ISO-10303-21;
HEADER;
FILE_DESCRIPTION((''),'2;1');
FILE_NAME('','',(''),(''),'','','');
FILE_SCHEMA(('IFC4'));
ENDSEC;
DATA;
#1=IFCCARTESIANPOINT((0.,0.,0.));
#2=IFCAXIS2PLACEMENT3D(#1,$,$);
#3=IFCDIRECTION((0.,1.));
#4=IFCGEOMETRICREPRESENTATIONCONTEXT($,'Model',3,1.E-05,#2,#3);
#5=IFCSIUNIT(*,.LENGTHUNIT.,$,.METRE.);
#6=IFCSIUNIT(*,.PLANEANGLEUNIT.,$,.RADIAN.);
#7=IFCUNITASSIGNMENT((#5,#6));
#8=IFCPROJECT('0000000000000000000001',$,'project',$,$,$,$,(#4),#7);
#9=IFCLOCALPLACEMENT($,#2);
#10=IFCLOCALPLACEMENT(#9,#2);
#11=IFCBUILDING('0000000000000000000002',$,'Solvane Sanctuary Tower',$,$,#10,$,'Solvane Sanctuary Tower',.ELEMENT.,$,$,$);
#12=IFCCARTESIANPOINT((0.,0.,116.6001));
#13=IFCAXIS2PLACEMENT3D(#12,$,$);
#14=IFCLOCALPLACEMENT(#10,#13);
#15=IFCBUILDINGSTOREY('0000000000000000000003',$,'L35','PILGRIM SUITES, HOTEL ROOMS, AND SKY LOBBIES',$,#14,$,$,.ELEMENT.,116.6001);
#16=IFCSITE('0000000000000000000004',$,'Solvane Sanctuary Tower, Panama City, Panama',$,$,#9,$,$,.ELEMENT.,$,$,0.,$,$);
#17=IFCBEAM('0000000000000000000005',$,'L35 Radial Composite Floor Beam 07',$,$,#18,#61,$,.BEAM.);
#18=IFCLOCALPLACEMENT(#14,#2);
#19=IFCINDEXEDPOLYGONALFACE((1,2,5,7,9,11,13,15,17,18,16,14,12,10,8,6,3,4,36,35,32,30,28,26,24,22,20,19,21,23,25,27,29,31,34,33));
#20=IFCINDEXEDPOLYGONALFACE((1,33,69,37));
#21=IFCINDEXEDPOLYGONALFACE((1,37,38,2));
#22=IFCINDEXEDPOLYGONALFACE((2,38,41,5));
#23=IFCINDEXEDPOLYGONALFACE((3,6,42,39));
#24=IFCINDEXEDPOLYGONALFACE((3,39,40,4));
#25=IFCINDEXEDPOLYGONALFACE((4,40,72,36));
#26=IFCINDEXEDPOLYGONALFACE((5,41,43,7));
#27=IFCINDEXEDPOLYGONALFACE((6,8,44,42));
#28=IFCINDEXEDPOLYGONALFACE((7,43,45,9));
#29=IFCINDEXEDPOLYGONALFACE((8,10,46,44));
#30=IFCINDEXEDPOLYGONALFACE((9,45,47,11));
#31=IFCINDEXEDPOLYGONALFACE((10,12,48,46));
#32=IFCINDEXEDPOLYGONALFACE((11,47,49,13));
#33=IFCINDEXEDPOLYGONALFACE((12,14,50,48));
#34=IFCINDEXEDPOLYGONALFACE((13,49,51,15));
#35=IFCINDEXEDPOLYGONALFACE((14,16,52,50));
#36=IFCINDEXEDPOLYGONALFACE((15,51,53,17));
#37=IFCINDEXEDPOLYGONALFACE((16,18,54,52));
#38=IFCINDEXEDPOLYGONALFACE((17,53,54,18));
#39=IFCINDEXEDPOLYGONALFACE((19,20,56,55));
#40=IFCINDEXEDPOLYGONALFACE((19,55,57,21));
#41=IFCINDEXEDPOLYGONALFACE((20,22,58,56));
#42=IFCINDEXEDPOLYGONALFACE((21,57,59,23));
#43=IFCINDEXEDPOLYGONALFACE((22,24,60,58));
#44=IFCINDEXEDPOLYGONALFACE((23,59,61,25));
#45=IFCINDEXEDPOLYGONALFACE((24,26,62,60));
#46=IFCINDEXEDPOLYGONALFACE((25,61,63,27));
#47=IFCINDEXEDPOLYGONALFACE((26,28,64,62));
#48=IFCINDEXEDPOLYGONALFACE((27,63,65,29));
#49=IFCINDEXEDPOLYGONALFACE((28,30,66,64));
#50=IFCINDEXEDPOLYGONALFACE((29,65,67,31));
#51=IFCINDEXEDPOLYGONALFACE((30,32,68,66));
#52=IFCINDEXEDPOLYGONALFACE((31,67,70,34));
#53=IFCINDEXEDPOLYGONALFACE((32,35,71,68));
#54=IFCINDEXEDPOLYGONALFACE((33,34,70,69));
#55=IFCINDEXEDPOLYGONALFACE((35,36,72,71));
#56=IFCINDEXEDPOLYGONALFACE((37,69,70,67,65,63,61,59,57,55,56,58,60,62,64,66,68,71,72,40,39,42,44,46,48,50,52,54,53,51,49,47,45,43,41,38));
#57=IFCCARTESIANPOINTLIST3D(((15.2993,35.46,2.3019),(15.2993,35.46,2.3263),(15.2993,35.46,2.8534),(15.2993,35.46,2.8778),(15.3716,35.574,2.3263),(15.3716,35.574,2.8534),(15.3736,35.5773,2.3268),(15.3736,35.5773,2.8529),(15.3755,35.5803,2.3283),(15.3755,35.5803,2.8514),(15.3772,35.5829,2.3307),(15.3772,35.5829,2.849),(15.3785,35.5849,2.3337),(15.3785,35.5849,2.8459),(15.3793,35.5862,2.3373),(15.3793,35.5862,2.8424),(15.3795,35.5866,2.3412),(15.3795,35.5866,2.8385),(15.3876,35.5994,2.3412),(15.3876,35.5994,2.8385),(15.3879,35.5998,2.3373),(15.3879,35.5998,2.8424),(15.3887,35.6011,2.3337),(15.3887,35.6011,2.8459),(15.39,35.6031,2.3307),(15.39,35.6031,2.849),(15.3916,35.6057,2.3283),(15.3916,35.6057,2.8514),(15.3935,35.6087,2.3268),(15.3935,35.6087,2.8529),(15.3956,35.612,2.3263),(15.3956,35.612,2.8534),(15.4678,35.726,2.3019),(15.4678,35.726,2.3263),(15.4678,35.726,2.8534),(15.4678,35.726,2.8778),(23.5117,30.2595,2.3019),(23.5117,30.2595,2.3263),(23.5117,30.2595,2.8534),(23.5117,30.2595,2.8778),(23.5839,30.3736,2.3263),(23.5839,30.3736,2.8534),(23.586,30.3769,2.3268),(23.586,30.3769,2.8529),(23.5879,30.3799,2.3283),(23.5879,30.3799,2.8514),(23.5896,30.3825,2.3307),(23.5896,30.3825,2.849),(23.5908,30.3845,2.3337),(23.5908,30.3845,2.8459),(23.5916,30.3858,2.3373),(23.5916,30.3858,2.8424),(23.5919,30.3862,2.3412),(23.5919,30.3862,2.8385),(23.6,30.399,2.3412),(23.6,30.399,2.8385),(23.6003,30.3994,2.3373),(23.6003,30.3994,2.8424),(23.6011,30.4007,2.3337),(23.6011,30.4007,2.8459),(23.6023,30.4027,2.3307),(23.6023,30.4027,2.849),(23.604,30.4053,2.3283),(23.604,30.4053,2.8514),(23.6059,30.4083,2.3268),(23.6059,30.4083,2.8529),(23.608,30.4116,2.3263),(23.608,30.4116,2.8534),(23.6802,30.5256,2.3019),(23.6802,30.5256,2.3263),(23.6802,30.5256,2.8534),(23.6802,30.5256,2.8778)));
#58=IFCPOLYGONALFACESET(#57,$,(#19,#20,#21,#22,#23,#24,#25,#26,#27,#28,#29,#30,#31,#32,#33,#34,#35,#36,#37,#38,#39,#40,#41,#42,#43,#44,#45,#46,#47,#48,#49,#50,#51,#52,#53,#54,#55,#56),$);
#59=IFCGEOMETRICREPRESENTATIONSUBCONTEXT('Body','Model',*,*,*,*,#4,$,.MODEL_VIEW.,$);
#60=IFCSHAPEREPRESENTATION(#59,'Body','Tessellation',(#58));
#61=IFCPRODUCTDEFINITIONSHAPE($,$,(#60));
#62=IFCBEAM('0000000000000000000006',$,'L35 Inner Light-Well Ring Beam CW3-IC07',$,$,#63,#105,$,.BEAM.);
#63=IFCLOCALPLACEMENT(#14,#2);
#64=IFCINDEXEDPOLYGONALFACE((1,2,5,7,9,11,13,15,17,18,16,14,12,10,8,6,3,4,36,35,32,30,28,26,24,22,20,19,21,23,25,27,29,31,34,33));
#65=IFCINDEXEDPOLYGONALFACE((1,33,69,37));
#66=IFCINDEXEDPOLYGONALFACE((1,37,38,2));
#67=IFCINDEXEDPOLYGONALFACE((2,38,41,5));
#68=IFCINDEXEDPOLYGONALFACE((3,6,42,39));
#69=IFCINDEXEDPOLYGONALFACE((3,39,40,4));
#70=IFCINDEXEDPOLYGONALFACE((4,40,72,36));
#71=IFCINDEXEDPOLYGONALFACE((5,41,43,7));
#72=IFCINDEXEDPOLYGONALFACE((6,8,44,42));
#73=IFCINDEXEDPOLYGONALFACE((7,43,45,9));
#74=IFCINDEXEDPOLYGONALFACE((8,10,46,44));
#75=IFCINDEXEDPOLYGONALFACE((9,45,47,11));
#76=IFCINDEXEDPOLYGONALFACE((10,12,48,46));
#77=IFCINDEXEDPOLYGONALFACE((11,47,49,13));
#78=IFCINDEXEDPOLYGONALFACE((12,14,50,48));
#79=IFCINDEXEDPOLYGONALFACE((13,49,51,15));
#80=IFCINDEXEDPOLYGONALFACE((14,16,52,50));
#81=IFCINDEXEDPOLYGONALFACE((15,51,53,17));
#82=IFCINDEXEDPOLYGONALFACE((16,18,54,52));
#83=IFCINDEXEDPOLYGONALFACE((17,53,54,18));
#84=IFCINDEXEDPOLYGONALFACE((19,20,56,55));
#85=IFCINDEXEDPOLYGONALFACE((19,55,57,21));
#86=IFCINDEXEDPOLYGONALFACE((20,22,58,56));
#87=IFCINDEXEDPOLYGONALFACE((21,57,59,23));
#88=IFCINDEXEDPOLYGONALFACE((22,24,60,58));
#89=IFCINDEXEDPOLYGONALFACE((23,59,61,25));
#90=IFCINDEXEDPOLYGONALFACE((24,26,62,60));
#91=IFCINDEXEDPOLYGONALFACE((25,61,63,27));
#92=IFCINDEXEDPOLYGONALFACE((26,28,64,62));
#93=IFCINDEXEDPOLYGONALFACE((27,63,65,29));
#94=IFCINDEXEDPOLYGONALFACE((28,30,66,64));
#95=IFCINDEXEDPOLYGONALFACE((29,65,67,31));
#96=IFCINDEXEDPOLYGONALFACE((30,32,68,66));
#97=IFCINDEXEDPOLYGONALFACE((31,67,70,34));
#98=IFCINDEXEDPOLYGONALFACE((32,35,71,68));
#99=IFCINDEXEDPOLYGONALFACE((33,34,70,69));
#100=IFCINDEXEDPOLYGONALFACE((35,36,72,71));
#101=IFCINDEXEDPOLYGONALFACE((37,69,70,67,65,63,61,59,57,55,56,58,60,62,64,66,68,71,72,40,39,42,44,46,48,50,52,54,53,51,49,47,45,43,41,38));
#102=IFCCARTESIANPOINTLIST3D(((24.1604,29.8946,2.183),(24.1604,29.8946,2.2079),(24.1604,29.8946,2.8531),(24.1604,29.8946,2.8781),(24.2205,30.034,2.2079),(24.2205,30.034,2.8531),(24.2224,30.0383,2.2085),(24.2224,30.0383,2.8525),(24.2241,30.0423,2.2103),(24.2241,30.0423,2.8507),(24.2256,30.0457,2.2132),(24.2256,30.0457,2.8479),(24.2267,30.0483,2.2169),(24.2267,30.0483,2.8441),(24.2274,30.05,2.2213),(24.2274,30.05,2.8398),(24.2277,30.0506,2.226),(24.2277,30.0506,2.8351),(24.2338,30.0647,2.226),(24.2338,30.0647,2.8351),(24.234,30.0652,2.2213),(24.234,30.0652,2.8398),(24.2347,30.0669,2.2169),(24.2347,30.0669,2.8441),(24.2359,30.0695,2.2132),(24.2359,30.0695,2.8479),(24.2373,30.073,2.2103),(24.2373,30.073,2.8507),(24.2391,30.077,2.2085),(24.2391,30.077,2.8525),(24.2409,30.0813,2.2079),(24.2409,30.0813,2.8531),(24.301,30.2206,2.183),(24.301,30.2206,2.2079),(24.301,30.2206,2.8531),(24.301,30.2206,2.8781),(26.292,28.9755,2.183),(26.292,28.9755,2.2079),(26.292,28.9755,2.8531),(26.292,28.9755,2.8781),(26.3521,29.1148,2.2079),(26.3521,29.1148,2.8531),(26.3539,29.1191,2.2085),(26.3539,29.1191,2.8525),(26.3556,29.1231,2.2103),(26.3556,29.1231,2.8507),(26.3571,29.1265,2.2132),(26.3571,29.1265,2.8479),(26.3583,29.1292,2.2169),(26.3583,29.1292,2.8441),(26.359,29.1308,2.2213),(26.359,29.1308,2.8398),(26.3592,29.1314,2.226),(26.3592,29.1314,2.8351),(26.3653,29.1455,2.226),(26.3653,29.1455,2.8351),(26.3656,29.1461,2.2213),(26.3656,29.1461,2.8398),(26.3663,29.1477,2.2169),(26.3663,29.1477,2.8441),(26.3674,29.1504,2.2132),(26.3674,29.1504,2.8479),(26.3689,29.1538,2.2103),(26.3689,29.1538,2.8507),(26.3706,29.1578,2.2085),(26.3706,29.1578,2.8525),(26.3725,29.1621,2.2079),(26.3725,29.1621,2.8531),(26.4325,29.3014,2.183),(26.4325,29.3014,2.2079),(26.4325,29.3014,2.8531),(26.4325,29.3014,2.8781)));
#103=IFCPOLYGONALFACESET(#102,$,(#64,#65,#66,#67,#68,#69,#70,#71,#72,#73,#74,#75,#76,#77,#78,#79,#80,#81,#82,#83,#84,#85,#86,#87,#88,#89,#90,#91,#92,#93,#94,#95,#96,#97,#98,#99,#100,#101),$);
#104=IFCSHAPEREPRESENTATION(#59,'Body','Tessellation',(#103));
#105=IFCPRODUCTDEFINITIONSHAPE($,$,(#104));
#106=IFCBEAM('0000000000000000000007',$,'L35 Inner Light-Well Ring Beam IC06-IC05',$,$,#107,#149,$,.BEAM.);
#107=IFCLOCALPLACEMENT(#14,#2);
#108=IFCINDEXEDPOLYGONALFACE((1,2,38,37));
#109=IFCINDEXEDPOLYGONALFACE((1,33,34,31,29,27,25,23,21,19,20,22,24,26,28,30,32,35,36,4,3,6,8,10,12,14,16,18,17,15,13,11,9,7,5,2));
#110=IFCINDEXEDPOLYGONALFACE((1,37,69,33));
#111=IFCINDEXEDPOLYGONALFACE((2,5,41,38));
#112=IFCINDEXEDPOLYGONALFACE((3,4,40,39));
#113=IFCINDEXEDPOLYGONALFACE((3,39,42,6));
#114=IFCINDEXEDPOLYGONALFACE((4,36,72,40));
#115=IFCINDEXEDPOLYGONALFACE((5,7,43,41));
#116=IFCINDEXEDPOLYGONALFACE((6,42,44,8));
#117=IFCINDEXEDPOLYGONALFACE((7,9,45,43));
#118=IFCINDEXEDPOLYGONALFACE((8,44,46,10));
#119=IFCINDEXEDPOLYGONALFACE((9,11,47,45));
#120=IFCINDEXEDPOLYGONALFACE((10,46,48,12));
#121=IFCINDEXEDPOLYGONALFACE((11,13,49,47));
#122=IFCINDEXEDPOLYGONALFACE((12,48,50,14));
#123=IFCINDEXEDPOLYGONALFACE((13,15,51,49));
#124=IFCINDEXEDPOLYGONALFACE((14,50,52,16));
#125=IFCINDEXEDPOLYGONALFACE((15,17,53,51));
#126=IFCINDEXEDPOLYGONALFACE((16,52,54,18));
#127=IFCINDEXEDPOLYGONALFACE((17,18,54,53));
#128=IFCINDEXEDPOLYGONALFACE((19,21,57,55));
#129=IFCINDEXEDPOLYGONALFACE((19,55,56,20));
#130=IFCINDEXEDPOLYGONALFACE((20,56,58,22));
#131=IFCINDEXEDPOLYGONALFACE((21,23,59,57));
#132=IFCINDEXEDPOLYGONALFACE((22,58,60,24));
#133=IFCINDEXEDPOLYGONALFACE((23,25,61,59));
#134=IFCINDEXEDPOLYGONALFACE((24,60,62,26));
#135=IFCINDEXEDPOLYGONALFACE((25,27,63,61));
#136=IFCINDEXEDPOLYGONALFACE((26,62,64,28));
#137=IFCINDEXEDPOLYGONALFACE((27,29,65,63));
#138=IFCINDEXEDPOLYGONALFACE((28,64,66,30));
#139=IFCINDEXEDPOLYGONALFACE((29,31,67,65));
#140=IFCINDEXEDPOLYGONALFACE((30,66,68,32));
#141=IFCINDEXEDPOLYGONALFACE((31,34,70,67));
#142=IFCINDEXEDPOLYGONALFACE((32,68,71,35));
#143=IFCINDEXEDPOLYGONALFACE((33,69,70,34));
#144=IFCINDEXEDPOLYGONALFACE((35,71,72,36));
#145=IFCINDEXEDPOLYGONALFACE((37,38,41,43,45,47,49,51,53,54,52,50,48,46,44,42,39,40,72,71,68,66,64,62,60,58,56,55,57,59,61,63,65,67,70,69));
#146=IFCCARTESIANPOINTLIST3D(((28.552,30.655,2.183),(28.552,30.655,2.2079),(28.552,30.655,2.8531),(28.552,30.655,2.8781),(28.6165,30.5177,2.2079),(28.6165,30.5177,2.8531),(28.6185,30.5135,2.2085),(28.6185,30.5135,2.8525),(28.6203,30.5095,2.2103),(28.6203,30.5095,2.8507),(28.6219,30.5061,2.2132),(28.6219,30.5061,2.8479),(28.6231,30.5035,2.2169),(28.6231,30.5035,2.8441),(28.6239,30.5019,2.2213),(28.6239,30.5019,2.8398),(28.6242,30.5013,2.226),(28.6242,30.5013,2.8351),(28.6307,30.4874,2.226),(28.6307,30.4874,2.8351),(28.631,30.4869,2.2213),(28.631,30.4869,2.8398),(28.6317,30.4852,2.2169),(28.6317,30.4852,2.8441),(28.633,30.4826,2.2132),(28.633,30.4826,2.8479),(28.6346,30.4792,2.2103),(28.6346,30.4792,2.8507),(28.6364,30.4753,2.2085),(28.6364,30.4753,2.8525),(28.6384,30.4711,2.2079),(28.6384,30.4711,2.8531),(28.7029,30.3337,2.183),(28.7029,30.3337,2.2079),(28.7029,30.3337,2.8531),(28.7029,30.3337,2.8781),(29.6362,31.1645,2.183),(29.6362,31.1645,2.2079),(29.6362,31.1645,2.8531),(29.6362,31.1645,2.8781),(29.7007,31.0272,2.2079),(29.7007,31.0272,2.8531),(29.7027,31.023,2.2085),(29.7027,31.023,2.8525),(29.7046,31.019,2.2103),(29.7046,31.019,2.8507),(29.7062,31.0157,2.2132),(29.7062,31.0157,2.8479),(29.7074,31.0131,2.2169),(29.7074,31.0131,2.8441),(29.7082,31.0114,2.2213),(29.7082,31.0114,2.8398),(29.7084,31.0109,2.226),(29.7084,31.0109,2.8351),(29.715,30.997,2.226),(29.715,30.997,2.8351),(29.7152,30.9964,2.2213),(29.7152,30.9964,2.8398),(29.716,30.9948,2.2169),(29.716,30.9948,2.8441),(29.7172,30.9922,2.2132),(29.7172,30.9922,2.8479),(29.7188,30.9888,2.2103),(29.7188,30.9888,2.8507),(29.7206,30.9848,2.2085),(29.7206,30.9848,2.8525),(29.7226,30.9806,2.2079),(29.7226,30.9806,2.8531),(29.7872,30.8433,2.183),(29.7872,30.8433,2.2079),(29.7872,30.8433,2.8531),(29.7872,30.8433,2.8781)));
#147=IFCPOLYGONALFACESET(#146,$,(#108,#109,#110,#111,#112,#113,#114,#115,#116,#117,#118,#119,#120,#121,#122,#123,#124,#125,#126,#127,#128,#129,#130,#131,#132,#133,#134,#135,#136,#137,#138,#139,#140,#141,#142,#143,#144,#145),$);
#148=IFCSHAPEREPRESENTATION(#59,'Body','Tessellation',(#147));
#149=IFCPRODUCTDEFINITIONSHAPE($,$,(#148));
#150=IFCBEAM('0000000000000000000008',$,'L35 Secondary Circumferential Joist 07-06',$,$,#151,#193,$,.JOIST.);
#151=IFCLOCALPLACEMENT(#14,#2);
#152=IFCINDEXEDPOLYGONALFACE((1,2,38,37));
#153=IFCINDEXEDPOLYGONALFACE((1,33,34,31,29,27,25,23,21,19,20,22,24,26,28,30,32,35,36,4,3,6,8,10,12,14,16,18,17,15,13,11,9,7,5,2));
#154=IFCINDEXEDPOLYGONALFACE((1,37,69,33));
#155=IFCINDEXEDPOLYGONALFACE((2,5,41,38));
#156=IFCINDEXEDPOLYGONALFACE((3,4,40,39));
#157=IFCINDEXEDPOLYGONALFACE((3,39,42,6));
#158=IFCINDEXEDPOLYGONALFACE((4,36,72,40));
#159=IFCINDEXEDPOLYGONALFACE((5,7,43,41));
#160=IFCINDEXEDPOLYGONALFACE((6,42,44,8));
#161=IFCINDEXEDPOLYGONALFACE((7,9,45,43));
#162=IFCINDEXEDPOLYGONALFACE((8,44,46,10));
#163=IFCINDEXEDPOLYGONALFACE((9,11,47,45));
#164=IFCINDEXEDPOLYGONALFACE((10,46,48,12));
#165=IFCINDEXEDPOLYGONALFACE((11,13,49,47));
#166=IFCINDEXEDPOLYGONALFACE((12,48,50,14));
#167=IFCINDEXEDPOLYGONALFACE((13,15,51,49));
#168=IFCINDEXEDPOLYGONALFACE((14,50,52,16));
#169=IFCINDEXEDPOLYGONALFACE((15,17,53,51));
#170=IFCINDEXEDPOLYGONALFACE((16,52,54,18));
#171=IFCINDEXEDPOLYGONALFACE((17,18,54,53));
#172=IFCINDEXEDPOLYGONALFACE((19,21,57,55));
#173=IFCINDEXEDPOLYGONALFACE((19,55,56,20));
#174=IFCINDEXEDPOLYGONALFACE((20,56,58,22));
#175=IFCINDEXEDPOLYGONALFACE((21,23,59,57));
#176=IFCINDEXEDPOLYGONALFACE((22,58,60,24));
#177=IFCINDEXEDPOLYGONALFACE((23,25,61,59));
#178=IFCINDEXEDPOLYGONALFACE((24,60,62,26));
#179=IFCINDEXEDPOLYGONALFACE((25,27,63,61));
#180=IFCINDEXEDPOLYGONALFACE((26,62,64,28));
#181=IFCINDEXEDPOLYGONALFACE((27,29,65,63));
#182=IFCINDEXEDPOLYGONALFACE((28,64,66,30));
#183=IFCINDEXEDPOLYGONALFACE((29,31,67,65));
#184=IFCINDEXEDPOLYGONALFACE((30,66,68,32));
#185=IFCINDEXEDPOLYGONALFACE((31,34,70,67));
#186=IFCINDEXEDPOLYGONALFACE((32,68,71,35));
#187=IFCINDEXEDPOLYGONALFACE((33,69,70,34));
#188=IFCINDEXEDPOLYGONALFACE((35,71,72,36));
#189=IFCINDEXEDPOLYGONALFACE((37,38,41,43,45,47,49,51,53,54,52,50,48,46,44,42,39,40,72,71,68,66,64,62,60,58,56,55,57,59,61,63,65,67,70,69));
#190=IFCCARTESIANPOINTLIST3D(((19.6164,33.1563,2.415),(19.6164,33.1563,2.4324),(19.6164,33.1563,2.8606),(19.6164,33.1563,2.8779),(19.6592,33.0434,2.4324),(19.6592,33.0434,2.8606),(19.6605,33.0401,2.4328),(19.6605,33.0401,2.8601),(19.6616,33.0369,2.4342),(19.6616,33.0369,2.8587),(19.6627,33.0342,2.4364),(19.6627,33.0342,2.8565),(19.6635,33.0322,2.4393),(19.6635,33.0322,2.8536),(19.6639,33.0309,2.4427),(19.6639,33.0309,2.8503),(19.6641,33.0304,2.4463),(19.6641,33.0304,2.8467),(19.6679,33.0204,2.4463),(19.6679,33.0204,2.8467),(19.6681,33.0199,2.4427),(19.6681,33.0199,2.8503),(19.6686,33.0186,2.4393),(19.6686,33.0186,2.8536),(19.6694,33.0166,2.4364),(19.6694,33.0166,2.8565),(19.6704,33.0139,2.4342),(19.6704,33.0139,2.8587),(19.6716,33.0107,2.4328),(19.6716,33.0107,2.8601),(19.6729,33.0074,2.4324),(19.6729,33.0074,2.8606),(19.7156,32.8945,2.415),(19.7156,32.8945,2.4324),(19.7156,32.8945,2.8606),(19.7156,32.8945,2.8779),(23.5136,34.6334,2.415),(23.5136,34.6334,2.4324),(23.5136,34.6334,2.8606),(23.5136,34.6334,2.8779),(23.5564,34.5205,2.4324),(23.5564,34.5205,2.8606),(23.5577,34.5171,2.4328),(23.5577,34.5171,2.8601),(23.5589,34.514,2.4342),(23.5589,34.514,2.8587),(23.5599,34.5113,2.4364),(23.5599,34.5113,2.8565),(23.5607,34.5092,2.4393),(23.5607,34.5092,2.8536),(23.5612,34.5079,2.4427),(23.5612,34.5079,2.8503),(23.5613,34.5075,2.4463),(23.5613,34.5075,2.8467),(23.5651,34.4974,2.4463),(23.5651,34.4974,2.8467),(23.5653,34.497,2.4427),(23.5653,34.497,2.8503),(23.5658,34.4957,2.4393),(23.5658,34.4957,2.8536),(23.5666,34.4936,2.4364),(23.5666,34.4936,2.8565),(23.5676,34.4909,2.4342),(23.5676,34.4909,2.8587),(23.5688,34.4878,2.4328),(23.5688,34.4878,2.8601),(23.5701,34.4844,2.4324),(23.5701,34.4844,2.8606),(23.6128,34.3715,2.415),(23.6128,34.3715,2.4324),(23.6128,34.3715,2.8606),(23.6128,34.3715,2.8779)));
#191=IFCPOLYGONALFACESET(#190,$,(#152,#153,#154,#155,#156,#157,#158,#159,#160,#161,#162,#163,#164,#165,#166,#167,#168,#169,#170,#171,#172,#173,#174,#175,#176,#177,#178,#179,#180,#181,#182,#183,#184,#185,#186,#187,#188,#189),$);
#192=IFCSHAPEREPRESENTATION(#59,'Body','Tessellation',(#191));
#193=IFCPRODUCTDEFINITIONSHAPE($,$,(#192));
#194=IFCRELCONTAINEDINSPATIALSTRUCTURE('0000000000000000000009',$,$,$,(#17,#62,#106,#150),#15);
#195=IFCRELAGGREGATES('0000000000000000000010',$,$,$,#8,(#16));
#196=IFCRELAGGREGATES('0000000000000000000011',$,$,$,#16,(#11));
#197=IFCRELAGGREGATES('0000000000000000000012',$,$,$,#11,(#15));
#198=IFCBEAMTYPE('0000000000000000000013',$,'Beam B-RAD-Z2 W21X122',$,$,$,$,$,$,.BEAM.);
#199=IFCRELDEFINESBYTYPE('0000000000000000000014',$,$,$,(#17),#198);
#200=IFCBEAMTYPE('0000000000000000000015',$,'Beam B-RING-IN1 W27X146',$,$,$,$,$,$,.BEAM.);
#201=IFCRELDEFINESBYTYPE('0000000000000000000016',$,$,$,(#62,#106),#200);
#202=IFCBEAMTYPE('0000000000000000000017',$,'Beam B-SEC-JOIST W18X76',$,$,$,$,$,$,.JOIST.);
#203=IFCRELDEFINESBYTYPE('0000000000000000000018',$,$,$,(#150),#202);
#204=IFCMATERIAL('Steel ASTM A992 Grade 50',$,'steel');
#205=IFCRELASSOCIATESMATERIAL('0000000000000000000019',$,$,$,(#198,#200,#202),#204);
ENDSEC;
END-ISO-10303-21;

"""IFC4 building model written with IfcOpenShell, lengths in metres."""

from ifc_helpers import new_model, si_unit, direction, frame, origin, origin_2d, place, context, subcontext, project, spatial, i_section, extrude, material, material_profile, profile_set, type_object, element, save


model = new_model("IFC4")

# Units and contexts
model_context = context("Model", 3, precision=1e-05, world=origin(), true_north=direction((0.0, 1.0)))
body_context = subcontext(model_context, "Body", "Model", "MODEL_VIEW")
ifc_project = project(units=[si_unit("LENGTHUNIT", "METRE"), si_unit("PLANEANGLEUNIT", "RADIAN")], contexts=[model_context])

# Site, building, storey
site_placement = place(None, origin())
site = spatial("IfcSite", under=ifc_project, at=site_placement, Name="Solvane Sanctuary Tower, Panama City, Panama", CompositionType="ELEMENT", RefElevation=0.0)
building_placement = place(site_placement, origin())
building = spatial("IfcBuilding", under=site, at=building_placement, Name="Solvane Sanctuary Tower", LongName="Solvane Sanctuary Tower", CompositionType="ELEMENT")
storey_placement = place(building_placement, frame((0.0, 0.0, 116.6001)))
storey = spatial("IfcBuildingStorey", under=building, at=storey_placement, Name="L35", Description="PILGRIM SUITES, HOTEL ROOMS, AND SKY LOBBIES", CompositionType="ELEMENT", Elevation=116.6001)

# Beams
ifc_material_1 = material(Name="Steel ASTM A992 Grade 50", Category="steel")
ifc_material_profile_1 = material_profile(ifc_material_1, i_section(OverallWidth=0.3149, OverallDepth=0.5759, WebThickness=0.0151, FlangeThickness=0.0244, FilletRadius=0.0149, at=origin_2d()), Name="W21X122")
ifc_profile_set_1 = profile_set([ifc_material_profile_1], Name="Steel ASTM A992 Grade 50")
beam_type_1 = type_object("IfcBeamType", Name="Beam B-RAD-Z2 W21X122", PredefinedType="BEAM", material=ifc_profile_set_1)
beam_1_placement = place(storey_placement, frame((23.5959, 30.3926, 2.5898), z_axis=(-0.844854, 0.534997, 0.0), x_axis=(-0.534997, -0.844854, 0.0)))
element("IfcBeam", 1, at=beam_1_placement, inside=storey, type_object=beam_type_1, Name="L35 Radial Composite Floor Beam 07", PredefinedType="BEAM", context=body_context, shape_type="SweptSolid", body=[
    extrude(i_section(OverallWidth=0.3149, OverallDepth=0.5759, WebThickness=0.0151, FlangeThickness=0.0244, FilletRadius=0.0149, at=origin_2d()), origin(), (0.0, 0.0, 1.0), 9.7205),
])
ifc_material_profile_2 = material_profile(ifc_material_1, i_section(OverallWidth=0.355, OverallDepth=0.6951, WebThickness=0.0154, FlangeThickness=0.0249, FilletRadius=0.0181, at=origin_2d()), Name="W27X146")
ifc_profile_set_2 = profile_set([ifc_material_profile_2], Name="Steel ASTM A992 Grade 50")
beam_type_2 = type_object("IfcBeamType", Name="Beam B-RING-IN1 W27X146", PredefinedType="BEAM", material=ifc_profile_set_2)
beam_2_placement = place(storey_placement, frame((24.2307, 30.0576, 2.5305), z_axis=(0.918261, -0.395975, 0.0), x_axis=(0.395975, 0.918261, 0.0)))
element("IfcBeam", 2, at=beam_2_placement, inside=storey, type_object=beam_type_2, Name="L35 Inner Light-Well Ring Beam CW3-IC07", PredefinedType="BEAM", context=body_context, shape_type="SweptSolid", body=[
    extrude(i_section(OverallWidth=0.355, OverallDepth=0.6951, WebThickness=0.0154, FlangeThickness=0.0249, FilletRadius=0.0181, at=origin_2d()), origin(), (0.0, 0.0, 1.0), 2.3213),
])
beam_3_placement = place(storey_placement, frame((28.6274, 30.4944, 2.5305), z_axis=(0.905045, 0.425316, 0.0), x_axis=(-0.425316, 0.905045, 0.0)))
element("IfcBeam", 3, at=beam_3_placement, inside=storey, type_object=beam_type_2, Name="L35 Inner Light-Well Ring Beam IC06-IC05", PredefinedType="BEAM", context=body_context, shape_type="SweptSolid", body=[
    extrude(i_section(OverallWidth=0.355, OverallDepth=0.6951, WebThickness=0.0154, FlangeThickness=0.0249, FilletRadius=0.0181, at=origin_2d()), origin(), (0.0, 0.0, 1.0), 1.198),
])
ifc_material_profile_3 = material_profile(ifc_material_1, i_section(OverallWidth=0.28, OverallDepth=0.4629, WebThickness=0.0107, FlangeThickness=0.0173, FilletRadius=0.0139, at=origin_2d()), Name="W18X76")
ifc_profile_set_3 = profile_set([ifc_material_profile_3], Name="Steel ASTM A992 Grade 50")
beam_type_3 = type_object("IfcBeamType", Name="Beam B-SEC-JOIST W18X76", PredefinedType="JOIST", material=ifc_profile_set_3)
beam_4_placement = place(storey_placement, frame((19.666, 33.0254, 2.6465), z_axis=(0.935093, 0.354402, 0.0), x_axis=(-0.354402, 0.935093, 0.0)))
element("IfcBeam", 4, at=beam_4_placement, inside=storey, type_object=beam_type_3, Name="L35 Secondary Circumferential Joist 07-06", PredefinedType="JOIST", context=body_context, shape_type="SweptSolid", body=[
    extrude(i_section(OverallWidth=0.28, OverallDepth=0.4629, WebThickness=0.0107, FlangeThickness=0.0173, FilletRadius=0.0139, at=origin_2d()), origin(), (0.0, 0.0, 1.0), 4.1677),
])

save(model, "model.ifc")
